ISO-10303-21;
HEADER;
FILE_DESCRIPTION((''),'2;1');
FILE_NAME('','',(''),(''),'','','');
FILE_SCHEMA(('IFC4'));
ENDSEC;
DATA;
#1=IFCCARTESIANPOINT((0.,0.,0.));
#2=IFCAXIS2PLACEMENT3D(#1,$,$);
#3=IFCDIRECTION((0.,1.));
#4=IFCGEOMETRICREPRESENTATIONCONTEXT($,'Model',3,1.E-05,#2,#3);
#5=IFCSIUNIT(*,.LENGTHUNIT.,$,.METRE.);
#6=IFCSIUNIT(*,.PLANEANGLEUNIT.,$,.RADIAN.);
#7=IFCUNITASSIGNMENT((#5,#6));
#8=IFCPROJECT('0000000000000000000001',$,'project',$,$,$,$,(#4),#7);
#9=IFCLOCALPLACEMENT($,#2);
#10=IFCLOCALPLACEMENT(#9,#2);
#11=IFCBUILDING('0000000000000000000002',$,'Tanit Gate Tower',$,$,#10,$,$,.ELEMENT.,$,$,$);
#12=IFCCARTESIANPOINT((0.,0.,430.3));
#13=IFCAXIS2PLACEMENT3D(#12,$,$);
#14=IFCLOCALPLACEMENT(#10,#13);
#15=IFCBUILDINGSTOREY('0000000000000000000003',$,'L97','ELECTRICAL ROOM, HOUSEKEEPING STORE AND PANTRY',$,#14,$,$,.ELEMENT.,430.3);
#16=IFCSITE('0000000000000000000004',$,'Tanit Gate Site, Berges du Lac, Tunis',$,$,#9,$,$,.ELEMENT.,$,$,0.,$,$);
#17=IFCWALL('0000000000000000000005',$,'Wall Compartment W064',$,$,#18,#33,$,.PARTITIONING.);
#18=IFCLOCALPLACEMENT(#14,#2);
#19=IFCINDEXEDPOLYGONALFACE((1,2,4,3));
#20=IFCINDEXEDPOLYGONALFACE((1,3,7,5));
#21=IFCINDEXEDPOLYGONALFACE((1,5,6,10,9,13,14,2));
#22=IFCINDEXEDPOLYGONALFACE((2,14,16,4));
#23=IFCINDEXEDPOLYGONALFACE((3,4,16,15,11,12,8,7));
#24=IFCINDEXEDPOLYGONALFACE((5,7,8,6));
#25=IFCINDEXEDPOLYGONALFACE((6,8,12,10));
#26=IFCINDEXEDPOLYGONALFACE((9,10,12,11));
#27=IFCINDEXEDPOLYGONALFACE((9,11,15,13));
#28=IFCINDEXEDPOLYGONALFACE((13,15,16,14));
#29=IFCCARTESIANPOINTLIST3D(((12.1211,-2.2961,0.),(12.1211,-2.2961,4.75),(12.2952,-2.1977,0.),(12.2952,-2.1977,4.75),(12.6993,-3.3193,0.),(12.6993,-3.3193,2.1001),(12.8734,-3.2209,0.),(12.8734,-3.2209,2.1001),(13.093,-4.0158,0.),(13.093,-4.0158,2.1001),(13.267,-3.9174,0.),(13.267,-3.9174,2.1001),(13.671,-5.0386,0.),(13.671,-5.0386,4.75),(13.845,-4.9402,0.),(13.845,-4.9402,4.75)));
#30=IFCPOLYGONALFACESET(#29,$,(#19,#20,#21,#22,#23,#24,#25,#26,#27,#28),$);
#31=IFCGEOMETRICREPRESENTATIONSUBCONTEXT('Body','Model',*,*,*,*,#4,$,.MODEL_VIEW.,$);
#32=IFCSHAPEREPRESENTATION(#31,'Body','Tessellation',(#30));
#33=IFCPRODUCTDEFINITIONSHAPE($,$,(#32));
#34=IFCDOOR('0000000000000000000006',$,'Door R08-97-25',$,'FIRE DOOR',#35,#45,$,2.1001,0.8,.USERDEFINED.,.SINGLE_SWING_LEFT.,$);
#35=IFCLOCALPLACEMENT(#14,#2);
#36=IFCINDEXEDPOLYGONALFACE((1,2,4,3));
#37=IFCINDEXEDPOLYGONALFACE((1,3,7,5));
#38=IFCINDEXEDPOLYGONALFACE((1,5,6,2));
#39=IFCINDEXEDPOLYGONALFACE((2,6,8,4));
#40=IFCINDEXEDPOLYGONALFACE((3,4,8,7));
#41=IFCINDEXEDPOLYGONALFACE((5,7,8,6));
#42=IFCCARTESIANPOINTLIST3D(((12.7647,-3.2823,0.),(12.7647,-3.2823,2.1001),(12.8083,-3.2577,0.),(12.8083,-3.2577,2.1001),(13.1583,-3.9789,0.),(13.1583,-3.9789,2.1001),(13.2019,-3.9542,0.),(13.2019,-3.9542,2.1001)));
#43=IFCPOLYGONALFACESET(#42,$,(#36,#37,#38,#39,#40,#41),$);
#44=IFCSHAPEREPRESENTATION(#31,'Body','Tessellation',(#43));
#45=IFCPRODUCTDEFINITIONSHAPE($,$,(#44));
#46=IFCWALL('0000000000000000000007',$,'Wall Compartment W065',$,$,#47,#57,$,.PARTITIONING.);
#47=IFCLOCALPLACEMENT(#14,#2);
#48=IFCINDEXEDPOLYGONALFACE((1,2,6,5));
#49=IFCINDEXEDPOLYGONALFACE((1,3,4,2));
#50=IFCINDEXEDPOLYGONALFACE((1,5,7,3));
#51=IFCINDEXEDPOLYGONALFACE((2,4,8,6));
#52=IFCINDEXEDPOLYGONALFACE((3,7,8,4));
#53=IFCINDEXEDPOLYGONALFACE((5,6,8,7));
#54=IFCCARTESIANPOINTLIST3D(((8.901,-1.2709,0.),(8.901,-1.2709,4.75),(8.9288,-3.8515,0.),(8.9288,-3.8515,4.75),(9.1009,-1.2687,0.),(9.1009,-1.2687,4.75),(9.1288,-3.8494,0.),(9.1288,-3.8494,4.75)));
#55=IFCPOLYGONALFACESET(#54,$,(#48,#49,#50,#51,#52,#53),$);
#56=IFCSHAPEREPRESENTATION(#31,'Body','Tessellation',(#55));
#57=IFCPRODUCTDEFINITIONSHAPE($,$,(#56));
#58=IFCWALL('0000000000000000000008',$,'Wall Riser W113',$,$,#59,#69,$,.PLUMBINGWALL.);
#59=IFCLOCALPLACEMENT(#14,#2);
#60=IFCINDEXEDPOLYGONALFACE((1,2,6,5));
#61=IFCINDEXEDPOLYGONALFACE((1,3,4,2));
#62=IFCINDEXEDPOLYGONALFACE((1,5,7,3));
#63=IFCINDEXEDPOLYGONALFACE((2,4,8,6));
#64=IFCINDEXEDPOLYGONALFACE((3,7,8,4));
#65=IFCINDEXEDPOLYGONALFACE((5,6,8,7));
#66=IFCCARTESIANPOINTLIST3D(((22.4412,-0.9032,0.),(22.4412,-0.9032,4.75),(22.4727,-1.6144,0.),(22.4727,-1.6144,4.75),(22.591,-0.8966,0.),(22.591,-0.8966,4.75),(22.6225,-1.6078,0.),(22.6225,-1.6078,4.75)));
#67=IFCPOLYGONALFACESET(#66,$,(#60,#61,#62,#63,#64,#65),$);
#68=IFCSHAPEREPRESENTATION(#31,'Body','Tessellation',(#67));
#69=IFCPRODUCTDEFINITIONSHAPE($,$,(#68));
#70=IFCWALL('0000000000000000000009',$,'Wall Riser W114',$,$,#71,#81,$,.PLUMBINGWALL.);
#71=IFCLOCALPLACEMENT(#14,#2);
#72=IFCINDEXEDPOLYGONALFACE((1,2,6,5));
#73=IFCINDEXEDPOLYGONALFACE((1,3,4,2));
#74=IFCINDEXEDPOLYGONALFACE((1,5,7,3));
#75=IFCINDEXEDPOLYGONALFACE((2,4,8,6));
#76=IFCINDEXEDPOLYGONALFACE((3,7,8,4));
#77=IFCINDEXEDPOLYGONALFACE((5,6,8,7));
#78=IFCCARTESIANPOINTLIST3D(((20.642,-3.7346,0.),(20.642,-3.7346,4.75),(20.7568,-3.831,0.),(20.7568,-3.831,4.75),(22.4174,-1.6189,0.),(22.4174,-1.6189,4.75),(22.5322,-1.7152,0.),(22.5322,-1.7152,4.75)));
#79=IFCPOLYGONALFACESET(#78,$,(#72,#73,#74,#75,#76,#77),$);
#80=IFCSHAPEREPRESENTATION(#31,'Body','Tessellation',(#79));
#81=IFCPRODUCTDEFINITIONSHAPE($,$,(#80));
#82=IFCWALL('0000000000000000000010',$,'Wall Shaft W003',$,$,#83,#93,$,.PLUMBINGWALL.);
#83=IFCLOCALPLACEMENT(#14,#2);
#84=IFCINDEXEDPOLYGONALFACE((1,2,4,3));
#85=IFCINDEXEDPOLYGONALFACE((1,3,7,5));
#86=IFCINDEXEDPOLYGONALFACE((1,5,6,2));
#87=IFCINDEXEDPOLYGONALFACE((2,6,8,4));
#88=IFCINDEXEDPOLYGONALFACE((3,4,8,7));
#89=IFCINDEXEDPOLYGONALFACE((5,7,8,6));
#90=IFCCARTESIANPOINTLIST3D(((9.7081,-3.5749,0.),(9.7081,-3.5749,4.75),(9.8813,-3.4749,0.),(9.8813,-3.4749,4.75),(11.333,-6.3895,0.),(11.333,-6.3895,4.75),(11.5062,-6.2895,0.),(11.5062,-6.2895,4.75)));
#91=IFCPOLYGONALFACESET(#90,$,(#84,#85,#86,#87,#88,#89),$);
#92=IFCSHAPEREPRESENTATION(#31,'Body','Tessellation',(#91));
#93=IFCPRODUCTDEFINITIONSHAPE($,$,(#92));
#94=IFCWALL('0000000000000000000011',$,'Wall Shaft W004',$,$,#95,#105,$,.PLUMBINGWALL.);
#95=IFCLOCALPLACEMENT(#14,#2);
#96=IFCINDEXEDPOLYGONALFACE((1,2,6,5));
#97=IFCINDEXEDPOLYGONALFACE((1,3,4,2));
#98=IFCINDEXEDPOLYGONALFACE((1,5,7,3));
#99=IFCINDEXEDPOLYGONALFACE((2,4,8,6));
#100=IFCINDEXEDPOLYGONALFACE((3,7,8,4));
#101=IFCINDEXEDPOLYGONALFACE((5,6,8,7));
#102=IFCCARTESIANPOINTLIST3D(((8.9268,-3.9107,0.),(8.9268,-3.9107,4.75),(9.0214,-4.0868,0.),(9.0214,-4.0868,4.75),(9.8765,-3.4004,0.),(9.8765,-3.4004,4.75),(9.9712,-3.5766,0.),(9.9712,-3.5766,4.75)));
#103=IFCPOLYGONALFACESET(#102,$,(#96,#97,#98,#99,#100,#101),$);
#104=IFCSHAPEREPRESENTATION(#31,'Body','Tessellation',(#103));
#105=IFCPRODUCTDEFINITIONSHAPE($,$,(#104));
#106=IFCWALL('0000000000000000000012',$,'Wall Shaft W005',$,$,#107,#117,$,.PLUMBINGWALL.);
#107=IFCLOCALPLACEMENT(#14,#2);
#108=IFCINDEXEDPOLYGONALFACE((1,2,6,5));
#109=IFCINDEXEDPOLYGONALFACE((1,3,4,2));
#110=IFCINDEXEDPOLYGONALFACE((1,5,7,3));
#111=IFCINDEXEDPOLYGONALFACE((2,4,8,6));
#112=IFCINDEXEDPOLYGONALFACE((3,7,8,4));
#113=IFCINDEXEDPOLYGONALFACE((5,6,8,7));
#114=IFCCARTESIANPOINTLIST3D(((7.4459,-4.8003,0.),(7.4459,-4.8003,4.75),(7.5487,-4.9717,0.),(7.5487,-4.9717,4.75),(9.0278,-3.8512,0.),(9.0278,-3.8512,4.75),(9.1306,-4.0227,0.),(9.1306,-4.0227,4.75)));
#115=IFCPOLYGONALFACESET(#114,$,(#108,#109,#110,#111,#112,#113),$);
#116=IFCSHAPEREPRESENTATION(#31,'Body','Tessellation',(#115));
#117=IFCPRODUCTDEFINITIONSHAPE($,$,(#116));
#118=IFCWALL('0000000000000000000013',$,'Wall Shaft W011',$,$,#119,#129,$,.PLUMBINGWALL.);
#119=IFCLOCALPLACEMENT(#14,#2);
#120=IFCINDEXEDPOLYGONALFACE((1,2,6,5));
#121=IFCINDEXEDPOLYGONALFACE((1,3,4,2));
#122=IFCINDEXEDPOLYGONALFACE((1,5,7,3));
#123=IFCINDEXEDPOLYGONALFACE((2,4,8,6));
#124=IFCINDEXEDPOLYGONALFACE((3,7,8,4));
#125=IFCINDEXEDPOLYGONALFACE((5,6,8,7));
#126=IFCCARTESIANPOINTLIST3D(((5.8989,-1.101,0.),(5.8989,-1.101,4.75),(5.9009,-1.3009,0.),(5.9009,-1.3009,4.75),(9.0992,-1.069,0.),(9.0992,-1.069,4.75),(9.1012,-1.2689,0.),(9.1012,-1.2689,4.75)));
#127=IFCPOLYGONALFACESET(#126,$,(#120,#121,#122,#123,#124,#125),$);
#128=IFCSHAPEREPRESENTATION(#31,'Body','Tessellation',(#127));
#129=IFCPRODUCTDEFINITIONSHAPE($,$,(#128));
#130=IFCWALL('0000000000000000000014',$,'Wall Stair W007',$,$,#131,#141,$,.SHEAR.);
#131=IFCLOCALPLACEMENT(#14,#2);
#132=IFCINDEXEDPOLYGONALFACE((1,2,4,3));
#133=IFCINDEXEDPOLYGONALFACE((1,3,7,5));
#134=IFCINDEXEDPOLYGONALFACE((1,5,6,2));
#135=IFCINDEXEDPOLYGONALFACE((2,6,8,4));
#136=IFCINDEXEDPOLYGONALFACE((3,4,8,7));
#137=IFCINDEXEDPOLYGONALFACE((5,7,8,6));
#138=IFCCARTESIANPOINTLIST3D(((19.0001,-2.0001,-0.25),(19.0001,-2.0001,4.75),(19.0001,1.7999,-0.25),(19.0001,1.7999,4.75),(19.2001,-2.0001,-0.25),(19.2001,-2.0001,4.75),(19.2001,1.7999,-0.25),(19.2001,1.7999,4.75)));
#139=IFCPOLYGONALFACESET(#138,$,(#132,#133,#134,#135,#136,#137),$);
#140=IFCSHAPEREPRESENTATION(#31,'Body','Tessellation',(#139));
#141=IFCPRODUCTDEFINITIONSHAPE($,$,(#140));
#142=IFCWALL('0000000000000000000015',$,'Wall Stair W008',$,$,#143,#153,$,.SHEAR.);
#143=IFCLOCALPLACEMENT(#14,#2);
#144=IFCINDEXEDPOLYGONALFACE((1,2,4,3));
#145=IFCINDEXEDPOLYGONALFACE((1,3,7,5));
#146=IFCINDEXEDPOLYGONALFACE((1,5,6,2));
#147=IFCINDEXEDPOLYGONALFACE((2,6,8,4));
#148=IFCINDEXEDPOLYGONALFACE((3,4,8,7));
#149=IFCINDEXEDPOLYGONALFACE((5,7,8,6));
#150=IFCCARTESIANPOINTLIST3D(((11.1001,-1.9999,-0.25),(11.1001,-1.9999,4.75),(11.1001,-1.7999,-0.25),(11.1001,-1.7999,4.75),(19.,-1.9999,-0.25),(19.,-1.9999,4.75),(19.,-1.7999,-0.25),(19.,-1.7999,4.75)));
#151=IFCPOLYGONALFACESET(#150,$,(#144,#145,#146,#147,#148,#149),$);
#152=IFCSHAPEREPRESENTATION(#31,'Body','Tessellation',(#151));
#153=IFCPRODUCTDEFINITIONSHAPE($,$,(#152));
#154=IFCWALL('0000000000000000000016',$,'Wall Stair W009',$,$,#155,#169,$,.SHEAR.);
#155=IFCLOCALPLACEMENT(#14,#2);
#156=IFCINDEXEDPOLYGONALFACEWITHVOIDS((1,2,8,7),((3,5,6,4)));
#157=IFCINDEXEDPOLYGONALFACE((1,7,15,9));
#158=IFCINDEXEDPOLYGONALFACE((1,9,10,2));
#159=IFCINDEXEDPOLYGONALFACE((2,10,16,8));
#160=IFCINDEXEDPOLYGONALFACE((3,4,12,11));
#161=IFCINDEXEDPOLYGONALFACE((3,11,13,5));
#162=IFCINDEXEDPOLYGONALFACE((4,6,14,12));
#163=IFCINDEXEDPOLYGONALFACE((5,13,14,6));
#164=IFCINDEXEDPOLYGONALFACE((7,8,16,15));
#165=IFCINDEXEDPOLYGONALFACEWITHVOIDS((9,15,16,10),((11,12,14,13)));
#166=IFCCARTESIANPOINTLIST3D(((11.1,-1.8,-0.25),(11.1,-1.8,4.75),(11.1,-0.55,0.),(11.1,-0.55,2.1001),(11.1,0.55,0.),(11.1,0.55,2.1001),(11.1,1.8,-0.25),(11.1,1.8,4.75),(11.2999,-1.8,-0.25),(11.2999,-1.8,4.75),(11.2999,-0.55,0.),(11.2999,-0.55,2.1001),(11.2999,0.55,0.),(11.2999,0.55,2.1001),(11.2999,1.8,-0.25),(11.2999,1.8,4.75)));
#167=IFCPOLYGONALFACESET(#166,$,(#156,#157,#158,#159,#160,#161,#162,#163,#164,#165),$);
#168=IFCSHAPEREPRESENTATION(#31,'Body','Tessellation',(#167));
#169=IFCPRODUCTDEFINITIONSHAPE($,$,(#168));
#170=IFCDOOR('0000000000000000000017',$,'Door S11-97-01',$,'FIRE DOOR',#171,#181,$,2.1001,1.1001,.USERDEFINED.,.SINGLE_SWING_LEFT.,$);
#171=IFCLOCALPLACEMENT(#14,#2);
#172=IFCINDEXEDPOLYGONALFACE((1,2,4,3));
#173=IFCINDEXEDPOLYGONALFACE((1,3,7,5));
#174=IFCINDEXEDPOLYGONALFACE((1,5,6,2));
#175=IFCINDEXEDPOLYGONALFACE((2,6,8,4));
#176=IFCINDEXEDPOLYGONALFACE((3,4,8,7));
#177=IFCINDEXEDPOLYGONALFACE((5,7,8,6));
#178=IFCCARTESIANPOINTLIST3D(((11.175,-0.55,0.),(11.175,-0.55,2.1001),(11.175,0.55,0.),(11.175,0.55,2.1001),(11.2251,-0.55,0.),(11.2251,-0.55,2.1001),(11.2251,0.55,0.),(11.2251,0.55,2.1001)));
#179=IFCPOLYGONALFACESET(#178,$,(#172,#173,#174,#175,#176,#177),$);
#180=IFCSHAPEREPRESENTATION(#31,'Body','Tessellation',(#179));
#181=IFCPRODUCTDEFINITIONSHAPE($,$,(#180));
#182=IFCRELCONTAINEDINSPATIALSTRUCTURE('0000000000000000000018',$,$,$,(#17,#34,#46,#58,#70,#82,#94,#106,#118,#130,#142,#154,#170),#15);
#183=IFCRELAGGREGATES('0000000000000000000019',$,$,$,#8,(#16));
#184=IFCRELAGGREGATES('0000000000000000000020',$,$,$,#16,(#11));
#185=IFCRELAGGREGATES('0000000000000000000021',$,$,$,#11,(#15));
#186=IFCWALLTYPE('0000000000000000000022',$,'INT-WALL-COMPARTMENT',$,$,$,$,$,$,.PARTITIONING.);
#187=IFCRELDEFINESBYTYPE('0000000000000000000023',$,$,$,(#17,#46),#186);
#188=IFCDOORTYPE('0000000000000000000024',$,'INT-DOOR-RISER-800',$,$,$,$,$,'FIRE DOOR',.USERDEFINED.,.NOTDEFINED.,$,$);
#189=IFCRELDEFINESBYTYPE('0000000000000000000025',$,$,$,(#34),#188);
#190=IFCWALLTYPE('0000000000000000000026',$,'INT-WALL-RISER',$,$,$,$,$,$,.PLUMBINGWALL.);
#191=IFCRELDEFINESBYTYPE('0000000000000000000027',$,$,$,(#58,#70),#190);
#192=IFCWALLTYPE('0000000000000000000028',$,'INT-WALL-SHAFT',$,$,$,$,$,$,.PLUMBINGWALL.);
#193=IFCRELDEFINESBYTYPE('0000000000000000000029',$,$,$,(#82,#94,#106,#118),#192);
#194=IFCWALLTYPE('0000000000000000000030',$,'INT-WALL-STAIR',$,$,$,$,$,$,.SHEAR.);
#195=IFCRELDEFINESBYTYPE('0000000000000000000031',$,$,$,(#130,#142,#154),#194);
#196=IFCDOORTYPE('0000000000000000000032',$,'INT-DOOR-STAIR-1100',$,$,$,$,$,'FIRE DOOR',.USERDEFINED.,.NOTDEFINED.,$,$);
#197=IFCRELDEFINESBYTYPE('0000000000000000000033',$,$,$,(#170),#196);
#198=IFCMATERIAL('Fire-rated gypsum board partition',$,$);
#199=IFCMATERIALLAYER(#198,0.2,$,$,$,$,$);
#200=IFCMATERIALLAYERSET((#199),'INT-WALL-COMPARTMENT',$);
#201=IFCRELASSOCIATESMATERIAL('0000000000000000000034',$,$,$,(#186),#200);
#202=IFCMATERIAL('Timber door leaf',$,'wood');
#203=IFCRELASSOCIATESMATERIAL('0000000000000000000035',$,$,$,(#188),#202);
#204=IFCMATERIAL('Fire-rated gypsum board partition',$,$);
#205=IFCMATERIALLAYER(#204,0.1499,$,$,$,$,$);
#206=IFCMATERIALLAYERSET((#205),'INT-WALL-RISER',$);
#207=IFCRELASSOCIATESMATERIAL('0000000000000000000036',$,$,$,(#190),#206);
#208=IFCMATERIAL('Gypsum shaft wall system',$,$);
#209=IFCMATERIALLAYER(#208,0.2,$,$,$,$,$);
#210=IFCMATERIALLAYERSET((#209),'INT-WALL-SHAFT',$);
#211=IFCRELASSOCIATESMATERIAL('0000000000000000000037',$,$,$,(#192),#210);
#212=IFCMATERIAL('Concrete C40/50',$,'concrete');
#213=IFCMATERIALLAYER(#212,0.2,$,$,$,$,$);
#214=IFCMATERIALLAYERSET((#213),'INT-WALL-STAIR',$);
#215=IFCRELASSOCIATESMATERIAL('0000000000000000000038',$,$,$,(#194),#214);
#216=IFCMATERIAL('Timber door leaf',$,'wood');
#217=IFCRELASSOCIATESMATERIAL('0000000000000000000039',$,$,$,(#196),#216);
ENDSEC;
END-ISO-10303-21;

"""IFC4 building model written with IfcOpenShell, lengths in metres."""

from ifc_helpers import new_model, si_unit, direction, frame, frame_2d, origin, place, context, subcontext, project, spatial, rectangle, extrude, material, layer, layer_set, type_object, element, fill, save


model = new_model("IFC4")

# Units and contexts
model_context = context("Model", 3, precision=1e-05, world=origin(), true_north=direction((0.0, 1.0)))
body_context = subcontext(model_context, "Body", "Model", "MODEL_VIEW")
ifc_project = project(units=[si_unit("LENGTHUNIT", "METRE"), si_unit("PLANEANGLEUNIT", "RADIAN")], contexts=[model_context])

# Site, building, storey
site_placement = place(None, origin())
site = spatial("IfcSite", under=ifc_project, at=site_placement, Name="Tanit Gate Site, Berges du Lac, Tunis", CompositionType="ELEMENT", RefElevation=0.0)
building_placement = place(site_placement, origin())
building = spatial("IfcBuilding", under=site, at=building_placement, Name="Tanit Gate Tower", CompositionType="ELEMENT")
storey_placement = place(building_placement, frame((0.0, 0.0, 430.3)))
storey = spatial("IfcBuildingStorey", under=building, at=storey_placement, Name="L97", Description="ELECTRICAL ROOM, HOUSEKEEPING STORE AND PANTRY", CompositionType="ELEMENT", Elevation=430.3)

# Shared definitions
ifc_material_1 = material(Name="Fire-rated gypsum board partition")
ifc_layer_1 = layer(ifc_material_1, 0.2)
ifc_layer_set_1 = layer_set([ifc_layer_1], Name="INT-WALL-COMPARTMENT")
wall_type_1 = type_object("IfcWallType", Name="INT-WALL-COMPARTMENT", PredefinedType="PARTITIONING", material=ifc_layer_set_1)

# Wall, opening, door
wall_1_placement = place(storey_placement, frame((13.7581, -4.9895, 0.0), z_axis=(0.0, 0.0, 1.0), x_axis=(-0.491993, 0.870599, 0.0)))
wall_1 = element("IfcWall", 1, at=wall_1_placement, inside=storey, type_object=wall_type_1, Name="Wall Compartment W064", PredefinedType="PARTITIONING", context=body_context, shape_type="SweptSolid", body=[
    extrude(rectangle(XDim=3.1501, YDim=0.2, at=frame_2d((1.5752, 0.0))), origin(), (0.0, 0.0, 1.0), 4.75),
])
opening_1_placement = place(wall_1_placement, frame((1.175, 0.0, 0.0)))
opening_1 = element("IfcOpeningElement", 2, at=opening_1_placement, cuts=wall_1, PredefinedType="OPENING", context=body_context, shape_type="SweptSolid", body=[
    extrude(rectangle(XDim=0.8, YDim=2.1001, at=frame_2d((0.3999, 1.05))), frame((0.0, 0.1099, 0.0), z_axis=(0.0, -1.0, 0.0), x_axis=(1.0, 0.0, 0.0)), (0.0, 0.0, 1.0), 0.22),
])
ifc_material_2 = material(Name="Timber door leaf", Category="wood")
door_type_1 = type_object("IfcDoorType", Name="INT-DOOR-RISER-800", ElementType="FIRE DOOR", OperationType="NOTDEFINED", PredefinedType="USERDEFINED", material=ifc_material_2)
door_1_placement = place(opening_1_placement, origin())
door_1 = element("IfcDoor", 3, at=door_1_placement, inside=storey, type_object=door_type_1, Name="Door R08-97-25", ObjectType="FIRE DOOR", OperationType="SINGLE_SWING_LEFT", OverallHeight=2.1001, OverallWidth=0.8, PredefinedType="USERDEFINED", context=body_context, shape_type="SweptSolid", body=[
    extrude(rectangle(XDim=0.8, YDim=2.1001, at=frame_2d((0.3999, 1.05))), frame((0.0, 0.0249, 0.0), z_axis=(0.0, -1.0, 0.0), x_axis=(1.0, 0.0, 0.0)), (0.0, 0.0, 1.0), 0.05),
])
fill(opening_1, door_1)

# Walls
wall_2_placement = place(storey_placement, frame((9.0288, -3.8506, 0.0), z_axis=(0.0, 0.0, 1.0), x_axis=(-0.010785, 0.999942, 0.0)))
element("IfcWall", 4, at=wall_2_placement, inside=storey, type_object=wall_type_1, Name="Wall Compartment W065", PredefinedType="PARTITIONING", context=body_context, shape_type="SweptSolid", body=[
    extrude(rectangle(XDim=2.5808, YDim=0.2, at=frame_2d((1.2905, 0.0))), origin(), (0.0, 0.0, 1.0), 4.75),
])
ifc_material_3 = material(Name="Fire-rated gypsum board partition")
ifc_layer_2 = layer(ifc_material_3, 0.1499)
ifc_layer_set_2 = layer_set([ifc_layer_2], Name="INT-WALL-RISER")
wall_type_2 = type_object("IfcWallType", Name="INT-WALL-RISER", PredefinedType="PLUMBINGWALL", material=ifc_layer_set_2)
wall_3_placement = place(storey_placement, frame((22.5476, -1.6111, 0.0), z_axis=(0.0, 0.0, 1.0), x_axis=(-0.044241, 0.999021, 0.0)))
element("IfcWall", 5, at=wall_3_placement, inside=storey, type_object=wall_type_2, Name="Wall Riser W113", PredefinedType="PLUMBINGWALL", context=body_context, shape_type="SweptSolid", body=[
    extrude(rectangle(XDim=0.7119, YDim=0.1499, at=frame_2d((0.356, 0.0))), origin(), (0.0, 0.0, 1.0), 4.75),
])
wall_4_placement = place(storey_placement, frame((20.6995, -3.7827, 0.0), z_axis=(0.0, 0.0, 1.0), x_axis=(0.642806, 0.766029, 0.0)))
element("IfcWall", 6, at=wall_4_placement, inside=storey, type_object=wall_type_2, Name="Wall Riser W114", PredefinedType="PLUMBINGWALL", context=body_context, shape_type="SweptSolid", body=[
    extrude(rectangle(XDim=2.762, YDim=0.1499, at=frame_2d((1.3809, 0.0))), origin(), (0.0, 0.0, 1.0), 4.75),
])
ifc_material_4 = material(Name="Gypsum shaft wall system")
ifc_layer_3 = layer(ifc_material_4, 0.2)
ifc_layer_set_3 = layer_set([ifc_layer_3], Name="INT-WALL-SHAFT")
wall_type_3 = type_object("IfcWallType", Name="INT-WALL-SHAFT", PredefinedType="PLUMBINGWALL", material=ifc_layer_set_3)
wall_5_placement = place(storey_placement, frame((9.7947, -3.5249, 0.0), z_axis=(0.0, 0.0, 1.0), x_axis=(0.499985, -0.866034, 0.0)))
element("IfcWall", 7, at=wall_5_placement, inside=storey, type_object=wall_type_3, Name="Wall Shaft W003", PredefinedType="PLUMBINGWALL", context=body_context, shape_type="SweptSolid", body=[
    extrude(rectangle(XDim=3.25, YDim=0.2, at=frame_2d((1.625, 0.0))), origin(), (0.0, 0.0, 1.0), 4.75),
])
wall_6_placement = place(storey_placement, frame((8.9741, -3.9988, 0.0), z_axis=(0.0, 0.0, 1.0), x_axis=(0.880907, 0.473289, 0.0)))
element("IfcWall", 8, at=wall_6_placement, inside=storey, type_object=wall_type_3, Name="Wall Shaft W004", PredefinedType="PLUMBINGWALL", context=body_context, shape_type="SweptSolid", body=[
    extrude(rectangle(XDim=1.0781, YDim=0.2, at=frame_2d((0.5391, 0.0))), origin(), (0.0, 0.0, 1.0), 4.75),
])
wall_7_placement = place(storey_placement, frame((7.4973, -4.886, 0.0), z_axis=(0.0, 0.0, 1.0), x_axis=(0.857516, 0.514457, 0.0)))
element("IfcWall", 9, at=wall_7_placement, inside=storey, type_object=wall_type_3, Name="Wall Shaft W005", PredefinedType="PLUMBINGWALL", context=body_context, shape_type="SweptSolid", body=[
    extrude(rectangle(XDim=1.8447, YDim=0.2, at=frame_2d((0.9224, 0.0))), origin(), (0.0, 0.0, 1.0), 4.75),
])
wall_8_placement = place(storey_placement, frame((9.1001, -1.1689, 0.0), z_axis=(0.0, 0.0, 1.0), x_axis=(-0.99995, -0.009993, 0.0)))
element("IfcWall", 10, at=wall_8_placement, inside=storey, type_object=wall_type_3, Name="Wall Shaft W011", PredefinedType="PLUMBINGWALL", context=body_context, shape_type="SweptSolid", body=[
    extrude(rectangle(XDim=3.2004, YDim=0.2, at=frame_2d((1.6001, 0.0))), origin(), (0.0, 0.0, 1.0), 4.75),
])
ifc_material_5 = material(Name="Concrete C40/50", Category="concrete")
ifc_layer_4 = layer(ifc_material_5, 0.2)
ifc_layer_set_4 = layer_set([ifc_layer_4], Name="INT-WALL-STAIR")
wall_type_4 = type_object("IfcWallType", Name="INT-WALL-STAIR", PredefinedType="SHEAR", material=ifc_layer_set_4)
wall_9_placement = place(storey_placement, frame((19.1001, -2.0, -0.25), z_axis=(0.0, 0.0, 1.0), x_axis=(0.0, 1.0, 0.0)))
element("IfcWall", 11, at=wall_9_placement, inside=storey, type_object=wall_type_4, Name="Wall Stair W007", PredefinedType="SHEAR", context=body_context, shape_type="SweptSolid", body=[
    extrude(rectangle(XDim=3.8, YDim=0.2, at=frame_2d((1.8999, 0.0))), origin(), (0.0, 0.0, 1.0), 5.0),
])
wall_10_placement = place(storey_placement, frame((11.1001, -1.8999, -0.25), z_axis=(0.0, 0.0, 1.0), x_axis=(1.0, 0.0, 0.0)))
element("IfcWall", 12, at=wall_10_placement, inside=storey, type_object=wall_type_4, Name="Wall Stair W008", PredefinedType="SHEAR", context=body_context, shape_type="SweptSolid", body=[
    extrude(rectangle(XDim=7.8999, YDim=0.2, at=frame_2d((3.95, 0.0))), origin(), (0.0, 0.0, 1.0), 5.0),
])

# Wall, opening, door
wall_11_placement = place(storey_placement, frame((11.2, -1.8, -0.25), z_axis=(0.0, 0.0, 1.0), x_axis=(0.0, 1.0, 0.0)))
wall_11 = element("IfcWall", 13, at=wall_11_placement, inside=storey, type_object=wall_type_4, Name="Wall Stair W009", PredefinedType="SHEAR", context=body_context, shape_type="SweptSolid", body=[
    extrude(rectangle(XDim=3.6001, YDim=0.2, at=frame_2d((1.8, 0.0))), origin(), (0.0, 0.0, 1.0), 5.0),
])
opening_2_placement = place(wall_11_placement, frame((1.25, 0.0, 0.25)))
opening_2 = element("IfcOpeningElement", 14, at=opening_2_placement, cuts=wall_11, PredefinedType="OPENING", context=body_context, shape_type="SweptSolid", body=[
    extrude(rectangle(XDim=1.1001, YDim=2.1001, at=frame_2d((0.55, 1.05))), frame((0.0, 0.1099, 0.0), z_axis=(0.0, -1.0, 0.0), x_axis=(1.0, 0.0, 0.0)), (0.0, 0.0, 1.0), 0.22),
])
ifc_material_6 = material(Name="Timber door leaf", Category="wood")
door_type_2 = type_object("IfcDoorType", Name="INT-DOOR-STAIR-1100", ElementType="FIRE DOOR", OperationType="NOTDEFINED", PredefinedType="USERDEFINED", material=ifc_material_6)
door_2_placement = place(opening_2_placement, origin())
door_2 = element("IfcDoor", 15, at=door_2_placement, inside=storey, type_object=door_type_2, Name="Door S11-97-01", ObjectType="FIRE DOOR", OperationType="SINGLE_SWING_LEFT", OverallHeight=2.1001, OverallWidth=1.1001, PredefinedType="USERDEFINED", context=body_context, shape_type="SweptSolid", body=[
    extrude(rectangle(XDim=1.1001, YDim=2.1001, at=frame_2d((0.55, 1.05))), frame((0.0, 0.0249, 0.0), z_axis=(0.0, -1.0, 0.0), x_axis=(1.0, 0.0, 0.0)), (0.0, 0.0, 1.0), 0.05),
])
fill(opening_2, door_2)

save(model, "model.ifc")
